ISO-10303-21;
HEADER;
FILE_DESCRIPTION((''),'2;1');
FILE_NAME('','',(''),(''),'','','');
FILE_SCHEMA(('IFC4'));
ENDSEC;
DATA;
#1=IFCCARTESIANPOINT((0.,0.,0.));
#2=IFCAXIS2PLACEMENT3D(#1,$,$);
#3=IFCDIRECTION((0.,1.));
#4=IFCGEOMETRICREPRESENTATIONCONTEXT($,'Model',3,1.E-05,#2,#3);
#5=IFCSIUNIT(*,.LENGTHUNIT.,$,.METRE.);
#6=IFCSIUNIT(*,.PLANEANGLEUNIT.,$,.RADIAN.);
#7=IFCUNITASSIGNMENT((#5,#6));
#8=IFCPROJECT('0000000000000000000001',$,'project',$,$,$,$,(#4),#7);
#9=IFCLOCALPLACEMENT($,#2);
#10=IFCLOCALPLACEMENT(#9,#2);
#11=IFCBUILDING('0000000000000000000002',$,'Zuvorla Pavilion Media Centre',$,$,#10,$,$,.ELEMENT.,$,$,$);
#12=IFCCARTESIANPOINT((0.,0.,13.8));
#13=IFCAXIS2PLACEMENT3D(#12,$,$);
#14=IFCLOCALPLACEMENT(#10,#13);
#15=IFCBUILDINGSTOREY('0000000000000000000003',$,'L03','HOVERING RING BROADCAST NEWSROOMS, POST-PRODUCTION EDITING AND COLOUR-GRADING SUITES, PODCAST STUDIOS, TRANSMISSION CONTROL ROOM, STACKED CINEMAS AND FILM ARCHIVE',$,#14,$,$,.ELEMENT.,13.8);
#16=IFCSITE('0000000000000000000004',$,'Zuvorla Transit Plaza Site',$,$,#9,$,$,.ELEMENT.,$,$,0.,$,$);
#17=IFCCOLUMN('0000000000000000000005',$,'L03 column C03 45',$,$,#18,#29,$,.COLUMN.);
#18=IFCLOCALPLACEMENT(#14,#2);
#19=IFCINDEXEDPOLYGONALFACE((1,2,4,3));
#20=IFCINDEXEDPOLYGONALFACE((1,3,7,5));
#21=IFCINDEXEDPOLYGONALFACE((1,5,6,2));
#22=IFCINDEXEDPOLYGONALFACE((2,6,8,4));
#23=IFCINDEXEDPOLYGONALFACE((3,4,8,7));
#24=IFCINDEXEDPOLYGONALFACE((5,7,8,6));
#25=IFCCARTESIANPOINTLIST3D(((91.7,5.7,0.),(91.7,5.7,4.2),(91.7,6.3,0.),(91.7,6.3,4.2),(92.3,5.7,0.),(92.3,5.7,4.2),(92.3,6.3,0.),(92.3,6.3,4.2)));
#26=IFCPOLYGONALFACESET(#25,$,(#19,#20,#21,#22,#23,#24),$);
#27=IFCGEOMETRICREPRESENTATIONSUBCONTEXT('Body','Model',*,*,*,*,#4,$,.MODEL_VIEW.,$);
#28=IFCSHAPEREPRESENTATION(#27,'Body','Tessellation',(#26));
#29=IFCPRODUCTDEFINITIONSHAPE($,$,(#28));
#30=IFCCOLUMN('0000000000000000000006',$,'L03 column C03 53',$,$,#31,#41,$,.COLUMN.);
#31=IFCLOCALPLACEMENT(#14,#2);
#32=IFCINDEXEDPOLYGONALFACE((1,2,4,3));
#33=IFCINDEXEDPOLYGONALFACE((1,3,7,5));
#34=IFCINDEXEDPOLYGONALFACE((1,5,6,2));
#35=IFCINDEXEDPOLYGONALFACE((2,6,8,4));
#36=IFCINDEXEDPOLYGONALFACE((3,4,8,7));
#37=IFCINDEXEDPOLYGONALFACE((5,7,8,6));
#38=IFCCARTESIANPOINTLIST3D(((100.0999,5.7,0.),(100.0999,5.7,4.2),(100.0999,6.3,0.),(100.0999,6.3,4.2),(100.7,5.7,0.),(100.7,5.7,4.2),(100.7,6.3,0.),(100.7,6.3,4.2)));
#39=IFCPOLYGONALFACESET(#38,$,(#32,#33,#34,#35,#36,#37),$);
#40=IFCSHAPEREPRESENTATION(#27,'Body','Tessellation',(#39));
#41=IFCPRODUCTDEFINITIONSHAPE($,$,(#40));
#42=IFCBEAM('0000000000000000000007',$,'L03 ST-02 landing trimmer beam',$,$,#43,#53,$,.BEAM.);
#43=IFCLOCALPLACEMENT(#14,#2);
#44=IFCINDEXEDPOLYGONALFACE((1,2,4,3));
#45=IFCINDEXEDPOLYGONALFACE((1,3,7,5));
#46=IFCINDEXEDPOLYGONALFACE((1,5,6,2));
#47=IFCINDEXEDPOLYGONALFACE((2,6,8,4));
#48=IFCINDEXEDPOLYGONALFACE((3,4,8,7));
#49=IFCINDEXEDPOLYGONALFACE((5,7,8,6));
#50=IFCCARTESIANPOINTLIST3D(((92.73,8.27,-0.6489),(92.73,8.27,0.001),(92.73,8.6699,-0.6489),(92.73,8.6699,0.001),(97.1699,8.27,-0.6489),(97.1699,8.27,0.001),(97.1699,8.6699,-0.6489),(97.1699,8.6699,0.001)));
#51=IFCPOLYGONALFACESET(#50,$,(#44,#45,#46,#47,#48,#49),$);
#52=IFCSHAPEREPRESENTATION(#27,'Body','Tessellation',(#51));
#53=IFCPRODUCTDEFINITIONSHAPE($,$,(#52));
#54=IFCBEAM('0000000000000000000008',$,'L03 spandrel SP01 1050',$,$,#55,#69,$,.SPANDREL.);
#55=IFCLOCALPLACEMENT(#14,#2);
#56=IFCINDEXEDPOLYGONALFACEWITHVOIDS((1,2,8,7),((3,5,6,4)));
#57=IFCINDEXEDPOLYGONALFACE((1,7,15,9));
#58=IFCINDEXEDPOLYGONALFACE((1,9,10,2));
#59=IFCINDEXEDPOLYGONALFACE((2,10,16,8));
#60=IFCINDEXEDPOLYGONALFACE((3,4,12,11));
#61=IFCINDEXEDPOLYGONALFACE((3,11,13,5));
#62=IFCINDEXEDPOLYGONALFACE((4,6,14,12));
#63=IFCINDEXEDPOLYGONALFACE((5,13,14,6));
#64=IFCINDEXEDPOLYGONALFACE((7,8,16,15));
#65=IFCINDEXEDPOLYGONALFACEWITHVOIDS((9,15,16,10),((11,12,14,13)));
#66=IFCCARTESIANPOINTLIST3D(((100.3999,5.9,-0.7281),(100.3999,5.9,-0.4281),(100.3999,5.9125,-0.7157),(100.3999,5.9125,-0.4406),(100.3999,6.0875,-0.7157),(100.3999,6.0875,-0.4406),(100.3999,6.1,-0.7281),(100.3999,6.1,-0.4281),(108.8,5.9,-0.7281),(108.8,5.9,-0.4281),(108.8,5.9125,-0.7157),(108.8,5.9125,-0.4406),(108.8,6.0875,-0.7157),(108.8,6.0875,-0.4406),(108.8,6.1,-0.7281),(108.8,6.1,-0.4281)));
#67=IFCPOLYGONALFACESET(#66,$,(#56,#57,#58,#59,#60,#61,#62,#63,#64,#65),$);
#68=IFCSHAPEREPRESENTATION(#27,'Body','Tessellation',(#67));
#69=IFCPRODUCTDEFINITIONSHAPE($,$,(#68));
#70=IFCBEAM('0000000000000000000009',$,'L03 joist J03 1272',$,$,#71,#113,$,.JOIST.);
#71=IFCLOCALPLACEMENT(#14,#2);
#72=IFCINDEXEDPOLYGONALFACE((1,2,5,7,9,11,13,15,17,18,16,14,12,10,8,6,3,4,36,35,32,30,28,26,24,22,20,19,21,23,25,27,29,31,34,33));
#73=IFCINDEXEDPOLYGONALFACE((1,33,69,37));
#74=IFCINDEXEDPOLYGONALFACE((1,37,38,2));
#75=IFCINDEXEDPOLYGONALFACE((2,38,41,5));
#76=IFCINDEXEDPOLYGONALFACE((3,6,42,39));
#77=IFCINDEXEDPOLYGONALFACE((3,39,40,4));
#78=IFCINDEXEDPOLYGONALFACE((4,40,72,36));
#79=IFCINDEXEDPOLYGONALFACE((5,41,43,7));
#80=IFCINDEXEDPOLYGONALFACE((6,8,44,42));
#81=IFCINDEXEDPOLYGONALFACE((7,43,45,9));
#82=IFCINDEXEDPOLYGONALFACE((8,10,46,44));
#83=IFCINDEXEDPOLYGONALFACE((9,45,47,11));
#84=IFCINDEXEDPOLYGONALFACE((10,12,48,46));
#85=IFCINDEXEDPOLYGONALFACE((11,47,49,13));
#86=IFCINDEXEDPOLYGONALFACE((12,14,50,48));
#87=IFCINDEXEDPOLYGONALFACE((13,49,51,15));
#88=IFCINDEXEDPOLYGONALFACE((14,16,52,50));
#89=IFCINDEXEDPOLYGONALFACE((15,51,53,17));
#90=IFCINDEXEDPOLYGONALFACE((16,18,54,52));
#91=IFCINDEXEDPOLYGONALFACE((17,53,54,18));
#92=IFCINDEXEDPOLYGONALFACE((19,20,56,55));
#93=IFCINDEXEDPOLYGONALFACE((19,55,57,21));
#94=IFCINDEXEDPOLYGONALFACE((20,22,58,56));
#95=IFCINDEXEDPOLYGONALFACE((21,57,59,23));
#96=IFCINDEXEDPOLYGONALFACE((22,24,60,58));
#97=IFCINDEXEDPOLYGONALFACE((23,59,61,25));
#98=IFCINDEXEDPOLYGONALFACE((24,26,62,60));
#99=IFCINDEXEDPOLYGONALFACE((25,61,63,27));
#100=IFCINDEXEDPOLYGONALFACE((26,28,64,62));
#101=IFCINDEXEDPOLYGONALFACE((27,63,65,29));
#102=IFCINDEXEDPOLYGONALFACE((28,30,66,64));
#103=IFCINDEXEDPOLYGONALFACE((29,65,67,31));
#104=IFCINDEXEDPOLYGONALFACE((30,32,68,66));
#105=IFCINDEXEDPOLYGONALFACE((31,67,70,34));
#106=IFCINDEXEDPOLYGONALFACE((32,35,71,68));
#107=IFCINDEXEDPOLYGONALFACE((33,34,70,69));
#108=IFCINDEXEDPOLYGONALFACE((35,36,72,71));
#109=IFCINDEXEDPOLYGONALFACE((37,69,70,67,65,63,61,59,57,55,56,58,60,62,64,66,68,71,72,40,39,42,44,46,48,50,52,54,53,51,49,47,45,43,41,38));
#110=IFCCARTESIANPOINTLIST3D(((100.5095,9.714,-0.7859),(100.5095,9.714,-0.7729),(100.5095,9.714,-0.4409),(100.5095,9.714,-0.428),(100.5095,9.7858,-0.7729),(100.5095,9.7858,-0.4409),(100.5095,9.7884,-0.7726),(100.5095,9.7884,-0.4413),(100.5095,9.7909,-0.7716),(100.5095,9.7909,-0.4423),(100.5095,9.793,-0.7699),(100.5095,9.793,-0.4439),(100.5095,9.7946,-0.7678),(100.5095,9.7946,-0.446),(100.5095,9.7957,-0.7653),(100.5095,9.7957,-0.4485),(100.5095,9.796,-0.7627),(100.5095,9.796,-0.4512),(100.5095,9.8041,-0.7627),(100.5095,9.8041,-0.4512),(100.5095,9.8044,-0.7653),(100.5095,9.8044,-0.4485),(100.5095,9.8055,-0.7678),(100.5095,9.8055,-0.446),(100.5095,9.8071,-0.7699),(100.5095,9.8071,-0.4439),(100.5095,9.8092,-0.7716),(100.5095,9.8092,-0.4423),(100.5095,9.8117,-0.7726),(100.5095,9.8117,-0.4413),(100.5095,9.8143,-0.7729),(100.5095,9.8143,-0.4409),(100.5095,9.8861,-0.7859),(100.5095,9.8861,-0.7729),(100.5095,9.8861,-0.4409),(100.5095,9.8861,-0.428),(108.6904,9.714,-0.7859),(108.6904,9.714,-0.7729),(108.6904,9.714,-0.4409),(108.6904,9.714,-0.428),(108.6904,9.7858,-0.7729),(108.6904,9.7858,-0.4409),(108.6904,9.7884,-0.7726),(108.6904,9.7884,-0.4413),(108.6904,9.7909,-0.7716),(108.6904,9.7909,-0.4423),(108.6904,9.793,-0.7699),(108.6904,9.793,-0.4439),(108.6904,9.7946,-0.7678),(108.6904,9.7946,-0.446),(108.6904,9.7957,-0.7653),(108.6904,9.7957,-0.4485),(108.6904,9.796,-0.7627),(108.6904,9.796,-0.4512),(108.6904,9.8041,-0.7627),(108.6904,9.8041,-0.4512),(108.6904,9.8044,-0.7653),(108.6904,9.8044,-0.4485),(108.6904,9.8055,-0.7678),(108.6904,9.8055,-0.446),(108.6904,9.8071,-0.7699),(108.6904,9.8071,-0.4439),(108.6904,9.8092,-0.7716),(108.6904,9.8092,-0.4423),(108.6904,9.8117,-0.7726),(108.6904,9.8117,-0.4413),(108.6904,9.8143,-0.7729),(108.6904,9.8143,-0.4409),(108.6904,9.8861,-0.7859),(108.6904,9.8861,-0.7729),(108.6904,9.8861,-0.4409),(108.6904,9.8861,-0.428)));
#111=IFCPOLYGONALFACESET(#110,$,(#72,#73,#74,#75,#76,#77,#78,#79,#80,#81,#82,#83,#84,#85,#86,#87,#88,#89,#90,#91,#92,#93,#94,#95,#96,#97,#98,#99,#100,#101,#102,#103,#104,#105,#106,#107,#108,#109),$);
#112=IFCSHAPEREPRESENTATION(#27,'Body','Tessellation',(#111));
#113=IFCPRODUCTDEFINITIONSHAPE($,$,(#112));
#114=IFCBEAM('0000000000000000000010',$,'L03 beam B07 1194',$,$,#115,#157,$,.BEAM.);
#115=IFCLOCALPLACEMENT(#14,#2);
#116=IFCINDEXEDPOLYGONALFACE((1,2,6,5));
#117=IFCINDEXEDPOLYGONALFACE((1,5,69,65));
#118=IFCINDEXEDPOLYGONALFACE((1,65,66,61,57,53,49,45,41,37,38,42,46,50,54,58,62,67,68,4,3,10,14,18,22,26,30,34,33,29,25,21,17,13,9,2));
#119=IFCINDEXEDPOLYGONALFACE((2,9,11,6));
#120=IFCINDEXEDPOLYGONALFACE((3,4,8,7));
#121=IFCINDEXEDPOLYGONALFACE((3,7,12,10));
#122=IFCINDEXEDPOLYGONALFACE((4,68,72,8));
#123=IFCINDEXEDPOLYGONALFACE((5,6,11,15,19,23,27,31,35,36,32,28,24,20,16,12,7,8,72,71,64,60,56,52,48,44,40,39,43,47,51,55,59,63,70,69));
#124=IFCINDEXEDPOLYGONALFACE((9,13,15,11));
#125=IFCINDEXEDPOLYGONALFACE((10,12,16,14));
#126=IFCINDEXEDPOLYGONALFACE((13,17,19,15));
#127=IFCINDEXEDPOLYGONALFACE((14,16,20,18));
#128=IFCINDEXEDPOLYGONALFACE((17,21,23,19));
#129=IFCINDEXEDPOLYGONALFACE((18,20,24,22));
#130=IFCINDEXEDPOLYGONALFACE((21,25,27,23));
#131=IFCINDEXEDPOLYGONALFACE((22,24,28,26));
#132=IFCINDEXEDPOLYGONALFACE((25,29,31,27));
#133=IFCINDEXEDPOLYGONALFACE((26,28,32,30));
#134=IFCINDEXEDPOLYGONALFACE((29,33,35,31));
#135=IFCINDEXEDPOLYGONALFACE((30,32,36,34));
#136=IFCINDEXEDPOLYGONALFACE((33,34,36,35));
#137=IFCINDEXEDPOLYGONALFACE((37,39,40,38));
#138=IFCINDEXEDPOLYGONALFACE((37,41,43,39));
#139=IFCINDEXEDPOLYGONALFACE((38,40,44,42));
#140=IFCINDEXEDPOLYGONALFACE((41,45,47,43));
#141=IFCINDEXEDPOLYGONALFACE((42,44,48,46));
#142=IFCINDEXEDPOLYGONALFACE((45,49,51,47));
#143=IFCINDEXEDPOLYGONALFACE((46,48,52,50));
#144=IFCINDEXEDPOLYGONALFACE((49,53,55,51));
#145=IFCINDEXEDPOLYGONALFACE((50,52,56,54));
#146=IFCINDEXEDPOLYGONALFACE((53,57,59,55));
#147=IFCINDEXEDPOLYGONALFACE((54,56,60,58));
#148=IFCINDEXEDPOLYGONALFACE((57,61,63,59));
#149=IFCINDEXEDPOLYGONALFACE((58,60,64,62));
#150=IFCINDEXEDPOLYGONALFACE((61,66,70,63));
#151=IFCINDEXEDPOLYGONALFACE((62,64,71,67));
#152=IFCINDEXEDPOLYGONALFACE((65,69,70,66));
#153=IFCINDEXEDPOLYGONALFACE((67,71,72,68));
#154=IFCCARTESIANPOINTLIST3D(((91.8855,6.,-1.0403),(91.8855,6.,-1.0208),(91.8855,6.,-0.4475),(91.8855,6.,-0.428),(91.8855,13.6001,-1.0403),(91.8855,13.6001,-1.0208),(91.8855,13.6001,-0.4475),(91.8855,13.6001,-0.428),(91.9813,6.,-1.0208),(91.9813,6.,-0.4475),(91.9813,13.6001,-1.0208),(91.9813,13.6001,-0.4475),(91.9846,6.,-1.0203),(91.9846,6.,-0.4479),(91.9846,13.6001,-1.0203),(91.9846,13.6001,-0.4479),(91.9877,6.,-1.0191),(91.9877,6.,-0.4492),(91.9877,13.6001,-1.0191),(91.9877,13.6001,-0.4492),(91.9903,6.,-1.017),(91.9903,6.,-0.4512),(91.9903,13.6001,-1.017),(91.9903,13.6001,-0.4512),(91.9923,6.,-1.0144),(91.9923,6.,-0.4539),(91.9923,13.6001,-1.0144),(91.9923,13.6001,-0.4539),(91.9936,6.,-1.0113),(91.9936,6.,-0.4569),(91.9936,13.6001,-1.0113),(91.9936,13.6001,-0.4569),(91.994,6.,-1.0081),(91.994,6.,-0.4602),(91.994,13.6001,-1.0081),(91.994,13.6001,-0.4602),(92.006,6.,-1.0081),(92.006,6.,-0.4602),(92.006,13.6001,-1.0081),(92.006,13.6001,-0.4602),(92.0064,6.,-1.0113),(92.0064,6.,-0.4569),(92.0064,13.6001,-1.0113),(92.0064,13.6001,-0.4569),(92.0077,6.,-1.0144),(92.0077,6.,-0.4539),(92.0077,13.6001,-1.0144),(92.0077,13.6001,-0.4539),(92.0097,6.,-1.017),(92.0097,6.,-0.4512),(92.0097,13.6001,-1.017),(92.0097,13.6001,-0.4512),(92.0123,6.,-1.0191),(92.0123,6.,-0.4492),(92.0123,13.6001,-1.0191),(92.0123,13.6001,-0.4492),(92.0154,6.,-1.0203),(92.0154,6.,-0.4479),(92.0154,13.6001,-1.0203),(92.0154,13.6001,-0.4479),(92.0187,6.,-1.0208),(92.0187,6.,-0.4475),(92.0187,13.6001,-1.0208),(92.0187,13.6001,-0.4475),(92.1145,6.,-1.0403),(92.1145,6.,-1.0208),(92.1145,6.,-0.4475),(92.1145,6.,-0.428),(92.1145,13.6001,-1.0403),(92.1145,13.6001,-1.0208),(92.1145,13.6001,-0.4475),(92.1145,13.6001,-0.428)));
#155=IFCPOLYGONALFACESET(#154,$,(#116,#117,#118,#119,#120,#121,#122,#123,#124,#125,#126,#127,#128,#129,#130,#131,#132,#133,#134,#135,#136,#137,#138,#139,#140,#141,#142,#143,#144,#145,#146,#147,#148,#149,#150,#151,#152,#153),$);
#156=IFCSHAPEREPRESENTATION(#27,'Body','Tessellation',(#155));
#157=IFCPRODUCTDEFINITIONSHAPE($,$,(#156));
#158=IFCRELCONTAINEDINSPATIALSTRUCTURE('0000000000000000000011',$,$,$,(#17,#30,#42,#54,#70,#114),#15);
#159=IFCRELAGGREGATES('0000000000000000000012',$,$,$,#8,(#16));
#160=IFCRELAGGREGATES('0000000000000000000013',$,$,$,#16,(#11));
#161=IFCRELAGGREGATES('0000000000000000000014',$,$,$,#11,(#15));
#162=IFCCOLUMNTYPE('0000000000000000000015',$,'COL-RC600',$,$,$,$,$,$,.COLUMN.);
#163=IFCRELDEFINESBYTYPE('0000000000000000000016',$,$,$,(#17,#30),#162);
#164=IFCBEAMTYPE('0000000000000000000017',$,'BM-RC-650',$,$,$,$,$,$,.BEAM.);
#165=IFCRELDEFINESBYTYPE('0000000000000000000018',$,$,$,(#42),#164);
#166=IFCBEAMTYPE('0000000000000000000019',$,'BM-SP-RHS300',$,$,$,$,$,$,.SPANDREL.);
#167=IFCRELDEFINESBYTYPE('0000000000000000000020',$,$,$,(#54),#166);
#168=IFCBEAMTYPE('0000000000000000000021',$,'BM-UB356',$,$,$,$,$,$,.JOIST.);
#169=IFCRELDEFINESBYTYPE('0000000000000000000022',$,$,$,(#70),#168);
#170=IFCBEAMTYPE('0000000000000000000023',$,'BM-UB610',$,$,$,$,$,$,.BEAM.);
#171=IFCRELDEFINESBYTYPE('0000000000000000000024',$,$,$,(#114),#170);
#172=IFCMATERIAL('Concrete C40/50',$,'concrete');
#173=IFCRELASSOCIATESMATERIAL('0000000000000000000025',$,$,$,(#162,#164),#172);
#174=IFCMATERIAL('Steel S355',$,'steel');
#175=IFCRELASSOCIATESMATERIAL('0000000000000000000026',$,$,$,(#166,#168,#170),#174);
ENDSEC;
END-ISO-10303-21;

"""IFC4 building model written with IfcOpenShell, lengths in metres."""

from ifc_helpers import new_model, si_unit, direction, frame, origin, origin_2d, place, context, subcontext, project, spatial, rectangle, hollow_rectangle, i_section, extrude, material, material_profile, profile_set, type_object, element, save


model = new_model("IFC4")

# Units and contexts
model_context = context("Model", 3, precision=1e-05, world=origin(), true_north=direction((0.0, 1.0)))
body_context = subcontext(model_context, "Body", "Model", "MODEL_VIEW")
ifc_project = project(units=[si_unit("LENGTHUNIT", "METRE"), si_unit("PLANEANGLEUNIT", "RADIAN")], contexts=[model_context])

# Site, building, storey
site_placement = place(None, origin())
site = spatial("IfcSite", under=ifc_project, at=site_placement, Name="Zuvorla Transit Plaza Site", CompositionType="ELEMENT", RefElevation=0.0)
building_placement = place(site_placement, origin())
building = spatial("IfcBuilding", under=site, at=building_placement, Name="Zuvorla Pavilion Media Centre", CompositionType="ELEMENT")
storey_placement = place(building_placement, frame((0.0, 0.0, 13.8)))
storey = spatial("IfcBuildingStorey", under=building, at=storey_placement, Name="L03", Description="HOVERING RING BROADCAST NEWSROOMS, POST-PRODUCTION EDITING AND COLOUR-GRADING SUITES, PODCAST STUDIOS, TRANSMISSION CONTROL ROOM, STACKED CINEMAS AND FILM ARCHIVE", CompositionType="ELEMENT", Elevation=13.8)

# Columns
ifc_material_1 = material(Name="Concrete C40/50", Category="concrete")
ifc_material_profile_1 = material_profile(ifc_material_1, rectangle(XDim=0.6001, YDim=0.6001, at=origin_2d()), Name="RC 600x600")
ifc_profile_set_1 = profile_set([ifc_material_profile_1], Name="Concrete C40/50")
column_type = type_object("IfcColumnType", Name="COL-RC600", PredefinedType="COLUMN", material=ifc_profile_set_1)
for number, where, z_axis, x_axis, name in (
    (1, (92.0, 6.0, 0.0), (0.0, 0.0, 1.0), (1.0, 0.0, 0.0), "L03 column C03 45"),
    (2, (100.3999, 6.0, 0.0), (0.0, 0.0, 1.0), (1.0, 0.0, 0.0), "L03 column C03 53"),
):
    element("IfcColumn", number, at=place(storey_placement, frame(where, z_axis=z_axis, x_axis=x_axis)), inside=storey, type_object=column_type, Name=name, PredefinedType="COLUMN", context=body_context, shape_type="SweptSolid", body=[
        extrude(rectangle(XDim=0.6001, YDim=0.6001, at=origin_2d()), origin(), (0.0, 0.0, 1.0), 4.2),
    ])

# Beams
ifc_material_profile_2 = material_profile(ifc_material_1, rectangle(XDim=0.3999, YDim=0.6499, at=origin_2d()), Name="RC 400x650")
ifc_profile_set_2 = profile_set([ifc_material_profile_2], Name="Concrete C40/50")
beam_type_1 = type_object("IfcBeamType", Name="BM-RC-650", PredefinedType="BEAM", material=ifc_profile_set_2)
beam_1_placement = place(storey_placement, frame((92.73, 8.47, -0.324), z_axis=(1.0, 0.0, 0.0), x_axis=(0.0, 1.0, 0.0)))
element("IfcBeam", 3, at=beam_1_placement, inside=storey, type_object=beam_type_1, Name="L03 ST-02 landing trimmer beam", PredefinedType="BEAM", context=body_context, shape_type="SweptSolid", body=[
    extrude(rectangle(XDim=0.3999, YDim=0.6499, at=origin_2d()), origin(), (0.0, 0.0, 1.0), 4.4399),
])
ifc_material_2 = material(Name="Steel S355", Category="steel")
ifc_material_profile_3 = material_profile(ifc_material_2, hollow_rectangle(XDim=0.2, YDim=0.3, WallThickness=0.0125, at=origin_2d()), Name="RHS 300x200x12.5")
ifc_profile_set_3 = profile_set([ifc_material_profile_3], Name="Steel S355")
beam_type_2 = type_object("IfcBeamType", Name="BM-SP-RHS300", PredefinedType="SPANDREL", material=ifc_profile_set_3)
beam_2_placement = place(storey_placement, frame((100.3999, 6.0, -0.5781), z_axis=(1.0, 0.0, 0.0), x_axis=(0.0, 1.0, 0.0)))
element("IfcBeam", 4, at=beam_2_placement, inside=storey, type_object=beam_type_2, Name="L03 spandrel SP01 1050", PredefinedType="SPANDREL", context=body_context, shape_type="SweptSolid", body=[
    extrude(hollow_rectangle(XDim=0.2, YDim=0.3, WallThickness=0.0125, at=origin_2d()), origin(), (0.0, 0.0, 1.0), 8.4001),
])
ifc_material_profile_4 = material_profile(ifc_material_2, i_section(OverallWidth=0.1721, OverallDepth=0.3579, WebThickness=0.0081, FlangeThickness=0.0129, FilletRadius=0.0103, at=origin_2d()), Name="UB 356x171x57")
ifc_profile_set_4 = profile_set([ifc_material_profile_4], Name="Steel S355")
beam_type_3 = type_object("IfcBeamType", Name="BM-UB356", PredefinedType="JOIST", material=ifc_profile_set_4)
beam_3_placement = place(storey_placement, frame((100.5095, 9.8, -0.6069), z_axis=(1.0, 0.0, 0.0), x_axis=(0.0, 1.0, 0.0)))
element("IfcBeam", 5, at=beam_3_placement, inside=storey, type_object=beam_type_3, Name="L03 joist J03 1272", PredefinedType="JOIST", context=body_context, shape_type="SweptSolid", body=[
    extrude(i_section(OverallWidth=0.1721, OverallDepth=0.3579, WebThickness=0.0081, FlangeThickness=0.0129, FilletRadius=0.0103, at=origin_2d()), origin(), (0.0, 0.0, 1.0), 8.1809),
])
ifc_material_profile_5 = material_profile(ifc_material_2, i_section(OverallWidth=0.229, OverallDepth=0.6123, WebThickness=0.012, FlangeThickness=0.0195, FilletRadius=0.0127, at=origin_2d()), Name="UB 610x229x125")
ifc_profile_set_5 = profile_set([ifc_material_profile_5], Name="Steel S355")
beam_type_4 = type_object("IfcBeamType", Name="BM-UB610", PredefinedType="BEAM", material=ifc_profile_set_5)
for number, where, z_axis, x_axis, name in (
    (6, (92.0, 6.0, -0.7341), (0.0, 1.0, 0.0), (-1.0, 0.0, 0.0), "L03 beam B07 1194"),
):
    element("IfcBeam", number, at=place(storey_placement, frame(where, z_axis=z_axis, x_axis=x_axis)), inside=storey, type_object=beam_type_4, Name=name, PredefinedType="BEAM", context=body_context, shape_type="SweptSolid", body=[
        extrude(i_section(OverallWidth=0.229, OverallDepth=0.6123, WebThickness=0.012, FlangeThickness=0.0195, FilletRadius=0.0127, at=origin_2d()), origin(), (0.0, 0.0, 1.0), 7.6001),
    ])

save(model, "model.ifc")
